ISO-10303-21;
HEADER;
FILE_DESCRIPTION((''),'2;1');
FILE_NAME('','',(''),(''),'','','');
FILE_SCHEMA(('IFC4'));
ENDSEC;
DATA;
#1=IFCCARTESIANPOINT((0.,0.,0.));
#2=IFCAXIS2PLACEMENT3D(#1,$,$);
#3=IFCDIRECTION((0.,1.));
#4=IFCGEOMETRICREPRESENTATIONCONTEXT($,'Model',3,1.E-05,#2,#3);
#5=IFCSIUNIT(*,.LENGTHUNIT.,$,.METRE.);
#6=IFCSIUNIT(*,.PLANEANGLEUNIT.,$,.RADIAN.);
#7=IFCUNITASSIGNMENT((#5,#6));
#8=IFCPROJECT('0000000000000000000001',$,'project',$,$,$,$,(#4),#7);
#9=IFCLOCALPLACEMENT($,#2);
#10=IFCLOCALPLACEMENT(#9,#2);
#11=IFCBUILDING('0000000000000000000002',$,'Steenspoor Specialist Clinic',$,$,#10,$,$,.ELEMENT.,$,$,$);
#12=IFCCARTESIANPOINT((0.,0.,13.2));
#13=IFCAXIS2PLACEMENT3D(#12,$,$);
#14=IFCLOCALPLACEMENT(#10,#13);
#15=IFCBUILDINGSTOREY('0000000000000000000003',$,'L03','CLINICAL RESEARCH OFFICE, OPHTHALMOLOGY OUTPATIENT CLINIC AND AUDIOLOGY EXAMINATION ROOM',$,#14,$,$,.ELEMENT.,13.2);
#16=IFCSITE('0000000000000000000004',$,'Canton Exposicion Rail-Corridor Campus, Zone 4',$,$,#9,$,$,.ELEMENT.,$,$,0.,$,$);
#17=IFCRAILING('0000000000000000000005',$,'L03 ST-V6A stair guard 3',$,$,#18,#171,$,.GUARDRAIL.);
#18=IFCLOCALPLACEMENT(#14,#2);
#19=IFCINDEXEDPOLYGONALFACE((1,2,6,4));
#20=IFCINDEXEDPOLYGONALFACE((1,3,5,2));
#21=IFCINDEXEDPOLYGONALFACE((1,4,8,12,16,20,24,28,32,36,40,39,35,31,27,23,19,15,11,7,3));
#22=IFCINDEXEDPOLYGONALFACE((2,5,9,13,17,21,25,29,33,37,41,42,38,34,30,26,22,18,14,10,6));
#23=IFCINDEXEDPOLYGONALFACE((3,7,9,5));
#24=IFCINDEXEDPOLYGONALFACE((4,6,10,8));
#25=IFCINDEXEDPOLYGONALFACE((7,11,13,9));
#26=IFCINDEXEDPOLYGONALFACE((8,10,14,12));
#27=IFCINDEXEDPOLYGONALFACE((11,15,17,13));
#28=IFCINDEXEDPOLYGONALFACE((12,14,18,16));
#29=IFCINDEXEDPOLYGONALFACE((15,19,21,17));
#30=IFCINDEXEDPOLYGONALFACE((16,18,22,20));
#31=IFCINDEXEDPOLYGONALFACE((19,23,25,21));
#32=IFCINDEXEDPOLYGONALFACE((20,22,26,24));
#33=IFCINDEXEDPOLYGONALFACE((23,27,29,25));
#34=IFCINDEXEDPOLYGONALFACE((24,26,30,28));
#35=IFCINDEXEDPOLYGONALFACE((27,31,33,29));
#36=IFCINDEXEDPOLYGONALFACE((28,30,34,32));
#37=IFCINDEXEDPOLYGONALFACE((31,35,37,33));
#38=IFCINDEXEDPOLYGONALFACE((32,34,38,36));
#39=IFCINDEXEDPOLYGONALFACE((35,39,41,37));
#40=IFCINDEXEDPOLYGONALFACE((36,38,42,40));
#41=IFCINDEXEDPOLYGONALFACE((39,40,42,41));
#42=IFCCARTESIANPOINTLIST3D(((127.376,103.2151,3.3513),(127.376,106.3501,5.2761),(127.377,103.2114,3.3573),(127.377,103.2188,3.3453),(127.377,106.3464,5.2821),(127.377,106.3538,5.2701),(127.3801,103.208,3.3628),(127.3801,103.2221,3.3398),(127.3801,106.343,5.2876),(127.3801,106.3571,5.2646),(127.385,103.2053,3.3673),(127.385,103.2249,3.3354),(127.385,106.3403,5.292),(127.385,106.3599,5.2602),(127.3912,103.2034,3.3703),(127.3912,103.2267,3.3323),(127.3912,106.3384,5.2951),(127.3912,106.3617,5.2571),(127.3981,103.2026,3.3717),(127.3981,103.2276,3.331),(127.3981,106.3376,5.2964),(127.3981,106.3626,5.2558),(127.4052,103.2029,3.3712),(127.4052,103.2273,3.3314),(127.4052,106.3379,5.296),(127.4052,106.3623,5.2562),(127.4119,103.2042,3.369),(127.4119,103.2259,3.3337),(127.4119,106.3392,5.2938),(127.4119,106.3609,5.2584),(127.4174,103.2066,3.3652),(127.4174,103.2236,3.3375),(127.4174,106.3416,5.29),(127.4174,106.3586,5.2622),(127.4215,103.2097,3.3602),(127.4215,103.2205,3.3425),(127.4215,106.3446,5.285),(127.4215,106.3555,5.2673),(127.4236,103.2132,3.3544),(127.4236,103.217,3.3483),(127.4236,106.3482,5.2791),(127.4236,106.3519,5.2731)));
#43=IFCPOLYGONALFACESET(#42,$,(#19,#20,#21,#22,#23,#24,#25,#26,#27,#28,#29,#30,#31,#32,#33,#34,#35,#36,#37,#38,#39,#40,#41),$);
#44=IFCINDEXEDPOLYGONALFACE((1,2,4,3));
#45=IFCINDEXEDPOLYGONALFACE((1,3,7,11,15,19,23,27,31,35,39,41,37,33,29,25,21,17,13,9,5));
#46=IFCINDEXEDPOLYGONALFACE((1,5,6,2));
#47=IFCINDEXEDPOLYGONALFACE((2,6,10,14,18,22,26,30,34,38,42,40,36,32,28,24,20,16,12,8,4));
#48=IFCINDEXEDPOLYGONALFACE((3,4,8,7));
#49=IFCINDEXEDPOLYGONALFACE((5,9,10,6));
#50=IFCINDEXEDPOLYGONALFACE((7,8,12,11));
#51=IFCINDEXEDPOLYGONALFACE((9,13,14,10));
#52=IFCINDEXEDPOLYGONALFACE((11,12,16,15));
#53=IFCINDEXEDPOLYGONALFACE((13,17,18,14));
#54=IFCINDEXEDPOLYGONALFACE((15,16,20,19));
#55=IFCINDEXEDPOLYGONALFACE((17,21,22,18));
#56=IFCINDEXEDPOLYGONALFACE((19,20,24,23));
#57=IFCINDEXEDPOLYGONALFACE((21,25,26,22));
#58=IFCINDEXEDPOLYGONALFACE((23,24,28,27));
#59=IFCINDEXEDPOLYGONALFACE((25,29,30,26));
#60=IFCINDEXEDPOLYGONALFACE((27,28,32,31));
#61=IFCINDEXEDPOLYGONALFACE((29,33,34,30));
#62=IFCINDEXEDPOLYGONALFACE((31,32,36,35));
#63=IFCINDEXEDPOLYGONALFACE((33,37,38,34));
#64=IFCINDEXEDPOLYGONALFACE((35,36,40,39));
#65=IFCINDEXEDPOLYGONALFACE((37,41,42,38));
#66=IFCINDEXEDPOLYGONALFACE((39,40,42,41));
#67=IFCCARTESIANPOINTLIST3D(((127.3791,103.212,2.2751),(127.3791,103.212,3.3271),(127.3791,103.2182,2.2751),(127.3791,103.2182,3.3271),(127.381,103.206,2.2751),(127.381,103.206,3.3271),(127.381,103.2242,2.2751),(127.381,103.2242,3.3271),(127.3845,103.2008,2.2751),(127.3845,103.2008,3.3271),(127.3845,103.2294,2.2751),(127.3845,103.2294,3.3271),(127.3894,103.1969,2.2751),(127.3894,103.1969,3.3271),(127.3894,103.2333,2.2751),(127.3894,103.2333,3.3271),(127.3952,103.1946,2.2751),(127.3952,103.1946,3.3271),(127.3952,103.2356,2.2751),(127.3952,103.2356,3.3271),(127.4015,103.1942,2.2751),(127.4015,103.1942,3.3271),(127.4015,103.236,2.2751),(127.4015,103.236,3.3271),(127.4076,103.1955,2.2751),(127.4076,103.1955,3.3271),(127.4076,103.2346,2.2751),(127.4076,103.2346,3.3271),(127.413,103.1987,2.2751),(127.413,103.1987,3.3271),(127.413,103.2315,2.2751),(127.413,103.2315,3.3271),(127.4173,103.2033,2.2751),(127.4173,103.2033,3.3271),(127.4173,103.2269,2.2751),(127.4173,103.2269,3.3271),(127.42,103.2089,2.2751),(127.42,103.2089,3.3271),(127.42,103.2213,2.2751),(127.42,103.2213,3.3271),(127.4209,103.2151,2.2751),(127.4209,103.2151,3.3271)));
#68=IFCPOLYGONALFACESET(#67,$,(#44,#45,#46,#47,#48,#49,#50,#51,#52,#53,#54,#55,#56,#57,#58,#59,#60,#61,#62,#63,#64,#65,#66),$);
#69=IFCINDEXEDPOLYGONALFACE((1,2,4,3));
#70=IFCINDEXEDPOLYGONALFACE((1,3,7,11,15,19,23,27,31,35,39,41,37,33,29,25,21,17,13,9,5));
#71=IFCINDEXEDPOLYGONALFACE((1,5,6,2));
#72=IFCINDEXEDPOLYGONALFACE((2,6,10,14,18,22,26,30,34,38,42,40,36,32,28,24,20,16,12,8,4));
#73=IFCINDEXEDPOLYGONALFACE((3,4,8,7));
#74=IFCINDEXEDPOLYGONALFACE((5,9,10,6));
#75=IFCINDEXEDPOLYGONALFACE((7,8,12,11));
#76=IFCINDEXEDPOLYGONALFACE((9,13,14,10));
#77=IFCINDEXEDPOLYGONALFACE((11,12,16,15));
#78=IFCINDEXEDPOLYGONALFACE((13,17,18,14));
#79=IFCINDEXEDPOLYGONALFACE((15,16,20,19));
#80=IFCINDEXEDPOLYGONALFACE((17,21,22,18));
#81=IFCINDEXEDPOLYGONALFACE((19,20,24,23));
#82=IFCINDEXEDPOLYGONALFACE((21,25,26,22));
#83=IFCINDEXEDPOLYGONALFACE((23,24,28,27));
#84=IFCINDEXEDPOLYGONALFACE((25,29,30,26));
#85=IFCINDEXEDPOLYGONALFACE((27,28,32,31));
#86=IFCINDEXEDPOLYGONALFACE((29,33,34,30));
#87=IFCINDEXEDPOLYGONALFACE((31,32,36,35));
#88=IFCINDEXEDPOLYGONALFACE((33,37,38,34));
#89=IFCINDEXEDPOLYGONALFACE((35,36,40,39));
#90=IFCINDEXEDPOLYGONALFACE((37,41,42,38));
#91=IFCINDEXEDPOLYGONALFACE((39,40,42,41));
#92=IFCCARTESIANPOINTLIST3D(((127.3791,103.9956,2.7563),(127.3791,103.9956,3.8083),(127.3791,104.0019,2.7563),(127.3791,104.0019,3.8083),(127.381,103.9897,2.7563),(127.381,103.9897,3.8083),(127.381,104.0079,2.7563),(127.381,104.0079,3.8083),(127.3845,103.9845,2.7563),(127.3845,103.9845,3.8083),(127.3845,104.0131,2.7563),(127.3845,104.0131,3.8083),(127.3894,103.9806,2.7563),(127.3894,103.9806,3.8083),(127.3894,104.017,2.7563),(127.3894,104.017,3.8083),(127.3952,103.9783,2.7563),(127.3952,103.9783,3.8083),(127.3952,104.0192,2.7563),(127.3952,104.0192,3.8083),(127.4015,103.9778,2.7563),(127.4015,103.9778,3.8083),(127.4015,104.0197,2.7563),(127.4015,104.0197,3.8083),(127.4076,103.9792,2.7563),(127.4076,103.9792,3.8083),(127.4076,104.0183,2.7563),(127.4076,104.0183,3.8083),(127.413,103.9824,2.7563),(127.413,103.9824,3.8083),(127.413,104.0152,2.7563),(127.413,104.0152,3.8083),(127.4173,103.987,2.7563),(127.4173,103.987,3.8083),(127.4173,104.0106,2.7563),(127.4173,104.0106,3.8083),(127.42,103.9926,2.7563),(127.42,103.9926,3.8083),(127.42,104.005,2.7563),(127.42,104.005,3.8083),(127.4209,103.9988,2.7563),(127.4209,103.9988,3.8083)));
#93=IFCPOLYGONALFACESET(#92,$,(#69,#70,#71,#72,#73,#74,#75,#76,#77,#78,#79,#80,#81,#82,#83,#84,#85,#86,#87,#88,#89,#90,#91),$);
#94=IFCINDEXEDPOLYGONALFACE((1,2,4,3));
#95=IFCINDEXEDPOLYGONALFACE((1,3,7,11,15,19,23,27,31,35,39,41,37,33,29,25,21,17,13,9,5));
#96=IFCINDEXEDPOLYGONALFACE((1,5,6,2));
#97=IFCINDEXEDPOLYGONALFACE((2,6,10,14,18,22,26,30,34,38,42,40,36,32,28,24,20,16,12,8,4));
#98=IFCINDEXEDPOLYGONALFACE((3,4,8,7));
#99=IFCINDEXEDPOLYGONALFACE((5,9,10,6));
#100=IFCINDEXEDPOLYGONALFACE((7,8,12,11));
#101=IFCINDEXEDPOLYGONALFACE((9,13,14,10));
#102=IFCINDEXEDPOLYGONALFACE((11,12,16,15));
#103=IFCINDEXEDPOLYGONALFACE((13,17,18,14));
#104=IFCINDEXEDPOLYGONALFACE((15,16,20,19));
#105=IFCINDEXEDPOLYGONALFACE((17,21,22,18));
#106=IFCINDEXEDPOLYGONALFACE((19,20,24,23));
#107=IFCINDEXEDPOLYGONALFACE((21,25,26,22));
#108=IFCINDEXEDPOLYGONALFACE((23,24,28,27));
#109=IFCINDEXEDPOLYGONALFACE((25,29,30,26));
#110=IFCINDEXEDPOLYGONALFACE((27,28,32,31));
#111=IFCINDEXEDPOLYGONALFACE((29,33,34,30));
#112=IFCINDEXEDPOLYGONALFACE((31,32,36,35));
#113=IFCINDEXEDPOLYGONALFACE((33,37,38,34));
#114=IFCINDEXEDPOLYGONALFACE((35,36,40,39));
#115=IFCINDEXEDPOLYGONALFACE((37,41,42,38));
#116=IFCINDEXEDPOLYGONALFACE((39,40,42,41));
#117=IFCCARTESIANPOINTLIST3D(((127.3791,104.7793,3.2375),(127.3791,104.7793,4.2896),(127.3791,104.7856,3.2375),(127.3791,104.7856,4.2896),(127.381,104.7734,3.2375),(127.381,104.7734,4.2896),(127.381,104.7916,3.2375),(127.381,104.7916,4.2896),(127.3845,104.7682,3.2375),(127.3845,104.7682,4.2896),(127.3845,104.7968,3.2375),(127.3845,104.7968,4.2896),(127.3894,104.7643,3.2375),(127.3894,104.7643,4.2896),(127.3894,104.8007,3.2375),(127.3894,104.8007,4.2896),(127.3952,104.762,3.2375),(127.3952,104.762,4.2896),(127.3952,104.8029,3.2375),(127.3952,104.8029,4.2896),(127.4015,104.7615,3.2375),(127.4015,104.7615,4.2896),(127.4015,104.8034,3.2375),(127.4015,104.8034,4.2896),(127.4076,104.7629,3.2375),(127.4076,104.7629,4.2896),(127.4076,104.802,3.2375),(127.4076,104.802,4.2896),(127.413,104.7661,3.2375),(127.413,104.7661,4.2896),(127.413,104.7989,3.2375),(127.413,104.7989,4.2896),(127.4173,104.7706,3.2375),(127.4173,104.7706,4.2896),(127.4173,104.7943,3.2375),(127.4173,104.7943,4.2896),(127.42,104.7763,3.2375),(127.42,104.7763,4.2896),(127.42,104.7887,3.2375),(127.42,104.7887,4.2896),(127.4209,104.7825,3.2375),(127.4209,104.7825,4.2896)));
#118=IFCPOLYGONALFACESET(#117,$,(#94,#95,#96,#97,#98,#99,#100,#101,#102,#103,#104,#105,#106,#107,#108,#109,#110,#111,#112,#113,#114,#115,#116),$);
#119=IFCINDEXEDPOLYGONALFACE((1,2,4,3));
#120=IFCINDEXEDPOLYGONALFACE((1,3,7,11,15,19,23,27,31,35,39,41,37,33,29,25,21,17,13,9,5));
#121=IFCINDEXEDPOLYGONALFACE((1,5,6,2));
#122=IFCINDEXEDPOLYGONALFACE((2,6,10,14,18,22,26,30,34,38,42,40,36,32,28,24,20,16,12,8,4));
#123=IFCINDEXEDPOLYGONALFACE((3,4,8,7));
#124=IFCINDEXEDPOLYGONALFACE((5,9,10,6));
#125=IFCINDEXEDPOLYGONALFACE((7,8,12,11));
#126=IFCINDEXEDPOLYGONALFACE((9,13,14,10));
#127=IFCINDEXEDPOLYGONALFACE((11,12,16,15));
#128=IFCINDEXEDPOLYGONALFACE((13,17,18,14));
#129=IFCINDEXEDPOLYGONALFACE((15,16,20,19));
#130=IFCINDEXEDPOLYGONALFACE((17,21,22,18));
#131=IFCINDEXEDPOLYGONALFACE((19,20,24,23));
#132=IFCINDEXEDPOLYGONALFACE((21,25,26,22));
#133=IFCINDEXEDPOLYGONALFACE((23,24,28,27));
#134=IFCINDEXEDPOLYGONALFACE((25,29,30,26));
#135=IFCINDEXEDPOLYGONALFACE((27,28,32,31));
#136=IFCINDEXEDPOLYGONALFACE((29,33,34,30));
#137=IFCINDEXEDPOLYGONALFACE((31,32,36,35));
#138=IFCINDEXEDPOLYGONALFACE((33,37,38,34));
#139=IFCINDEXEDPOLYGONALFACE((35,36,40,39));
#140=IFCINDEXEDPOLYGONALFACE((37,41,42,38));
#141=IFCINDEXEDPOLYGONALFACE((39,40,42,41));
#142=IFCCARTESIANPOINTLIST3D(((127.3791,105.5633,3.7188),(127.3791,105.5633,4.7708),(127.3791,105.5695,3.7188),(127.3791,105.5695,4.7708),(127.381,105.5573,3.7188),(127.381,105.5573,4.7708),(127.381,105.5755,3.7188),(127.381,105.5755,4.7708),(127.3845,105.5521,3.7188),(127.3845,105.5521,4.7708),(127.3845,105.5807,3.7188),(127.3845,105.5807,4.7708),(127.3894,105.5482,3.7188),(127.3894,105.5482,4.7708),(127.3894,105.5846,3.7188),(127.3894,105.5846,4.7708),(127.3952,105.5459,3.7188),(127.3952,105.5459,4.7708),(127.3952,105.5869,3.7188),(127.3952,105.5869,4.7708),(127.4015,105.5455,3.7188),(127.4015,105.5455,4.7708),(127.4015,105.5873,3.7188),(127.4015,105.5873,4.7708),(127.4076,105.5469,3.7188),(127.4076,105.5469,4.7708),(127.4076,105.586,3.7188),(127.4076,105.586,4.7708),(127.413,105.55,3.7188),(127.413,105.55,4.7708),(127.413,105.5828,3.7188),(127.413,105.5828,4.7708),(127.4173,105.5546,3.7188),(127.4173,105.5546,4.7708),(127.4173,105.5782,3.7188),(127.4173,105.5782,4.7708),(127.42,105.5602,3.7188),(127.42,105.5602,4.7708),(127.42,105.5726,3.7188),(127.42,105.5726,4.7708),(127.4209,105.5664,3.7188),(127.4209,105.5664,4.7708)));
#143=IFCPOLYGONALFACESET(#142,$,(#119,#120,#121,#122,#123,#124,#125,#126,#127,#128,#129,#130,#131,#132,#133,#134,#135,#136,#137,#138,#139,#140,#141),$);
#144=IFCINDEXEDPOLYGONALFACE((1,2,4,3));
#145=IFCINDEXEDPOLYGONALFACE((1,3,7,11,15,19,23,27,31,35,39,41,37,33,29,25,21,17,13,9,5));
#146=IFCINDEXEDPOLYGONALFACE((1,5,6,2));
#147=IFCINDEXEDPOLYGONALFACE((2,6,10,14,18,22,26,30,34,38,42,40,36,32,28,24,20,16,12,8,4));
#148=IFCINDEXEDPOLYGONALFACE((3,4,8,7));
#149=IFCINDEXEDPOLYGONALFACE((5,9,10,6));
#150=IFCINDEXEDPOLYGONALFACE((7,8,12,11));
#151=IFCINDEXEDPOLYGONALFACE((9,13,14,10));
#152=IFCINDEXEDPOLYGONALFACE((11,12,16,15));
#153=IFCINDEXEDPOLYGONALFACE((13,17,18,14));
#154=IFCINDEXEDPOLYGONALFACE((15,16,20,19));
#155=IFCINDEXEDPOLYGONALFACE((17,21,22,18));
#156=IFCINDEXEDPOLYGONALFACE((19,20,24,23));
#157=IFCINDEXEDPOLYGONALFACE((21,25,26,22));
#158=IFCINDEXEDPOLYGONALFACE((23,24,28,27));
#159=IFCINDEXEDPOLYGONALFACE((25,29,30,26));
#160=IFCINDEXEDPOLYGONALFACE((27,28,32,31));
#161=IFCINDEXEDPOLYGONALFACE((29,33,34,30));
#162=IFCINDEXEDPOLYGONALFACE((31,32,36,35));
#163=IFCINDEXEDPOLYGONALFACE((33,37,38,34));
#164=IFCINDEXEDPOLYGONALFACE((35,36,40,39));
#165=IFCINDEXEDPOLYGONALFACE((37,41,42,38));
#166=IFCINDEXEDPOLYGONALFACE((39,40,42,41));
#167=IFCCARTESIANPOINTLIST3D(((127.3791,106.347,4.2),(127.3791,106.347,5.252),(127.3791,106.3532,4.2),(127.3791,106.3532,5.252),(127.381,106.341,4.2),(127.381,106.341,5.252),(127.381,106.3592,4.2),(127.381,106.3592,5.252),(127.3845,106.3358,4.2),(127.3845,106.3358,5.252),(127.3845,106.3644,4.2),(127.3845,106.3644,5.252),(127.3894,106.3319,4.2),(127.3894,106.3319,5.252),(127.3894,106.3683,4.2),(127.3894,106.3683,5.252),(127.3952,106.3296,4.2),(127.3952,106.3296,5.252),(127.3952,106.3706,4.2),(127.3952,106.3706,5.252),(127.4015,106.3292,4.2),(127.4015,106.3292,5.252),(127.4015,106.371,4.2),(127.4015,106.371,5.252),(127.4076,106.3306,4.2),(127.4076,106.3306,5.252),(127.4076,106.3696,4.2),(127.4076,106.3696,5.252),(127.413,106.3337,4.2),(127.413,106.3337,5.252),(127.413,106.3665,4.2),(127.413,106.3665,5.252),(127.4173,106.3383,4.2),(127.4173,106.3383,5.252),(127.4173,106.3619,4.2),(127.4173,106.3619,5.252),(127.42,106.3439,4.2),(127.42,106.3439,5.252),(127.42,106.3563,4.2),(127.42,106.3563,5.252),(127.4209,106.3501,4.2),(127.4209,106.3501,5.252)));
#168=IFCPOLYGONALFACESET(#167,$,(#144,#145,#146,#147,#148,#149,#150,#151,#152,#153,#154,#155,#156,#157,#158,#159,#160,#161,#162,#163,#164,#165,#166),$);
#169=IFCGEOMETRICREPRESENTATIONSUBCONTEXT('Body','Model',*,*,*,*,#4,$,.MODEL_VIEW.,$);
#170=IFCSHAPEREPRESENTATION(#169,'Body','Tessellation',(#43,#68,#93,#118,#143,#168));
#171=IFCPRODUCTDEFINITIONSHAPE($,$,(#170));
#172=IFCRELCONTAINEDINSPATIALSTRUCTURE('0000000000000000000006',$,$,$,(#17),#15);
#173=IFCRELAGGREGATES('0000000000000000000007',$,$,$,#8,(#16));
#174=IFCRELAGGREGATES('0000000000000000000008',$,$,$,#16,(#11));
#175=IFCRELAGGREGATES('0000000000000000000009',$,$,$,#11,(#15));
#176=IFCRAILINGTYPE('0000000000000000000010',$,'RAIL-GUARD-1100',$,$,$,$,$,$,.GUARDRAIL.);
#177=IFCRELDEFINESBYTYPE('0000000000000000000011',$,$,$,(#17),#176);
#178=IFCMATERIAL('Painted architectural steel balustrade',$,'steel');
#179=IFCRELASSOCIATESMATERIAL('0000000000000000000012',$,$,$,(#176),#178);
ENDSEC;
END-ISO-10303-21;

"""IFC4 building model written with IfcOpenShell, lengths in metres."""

from ifc_helpers import new_model, si_unit, direction, frame, origin, origin_2d, place, context, subcontext, project, spatial, circle, extrude, material, type_object, element, save


model = new_model("IFC4")

# Units and contexts
model_context = context("Model", 3, precision=1e-05, world=origin(), true_north=direction((0.0, 1.0)))
body_context = subcontext(model_context, "Body", "Model", "MODEL_VIEW")
ifc_project = project(units=[si_unit("LENGTHUNIT", "METRE"), si_unit("PLANEANGLEUNIT", "RADIAN")], contexts=[model_context])

# Site, building, storey
site_placement = place(None, origin())
site = spatial("IfcSite", under=ifc_project, at=site_placement, Name="Canton Exposicion Rail-Corridor Campus, Zone 4", CompositionType="ELEMENT", RefElevation=0.0)
building_placement = place(site_placement, origin())
building = spatial("IfcBuilding", under=site, at=building_placement, Name="Steenspoor Specialist Clinic", CompositionType="ELEMENT")
storey_placement = place(building_placement, frame((0.0, 0.0, 13.2)))
storey = spatial("IfcBuildingStorey", under=building, at=storey_placement, Name="L03", Description="CLINICAL RESEARCH OFFICE, OPHTHALMOLOGY OUTPATIENT CLINIC AND AUDIOLOGY EXAMINATION ROOM", CompositionType="ELEMENT", Elevation=13.2)

# Railing
ifc_material_1 = material(Name="Painted architectural steel balustrade", Category="steel")
railing_type_1 = type_object("IfcRailingType", Name="RAIL-GUARD-1100", PredefinedType="GUARDRAIL", material=ifc_material_1)
railing_1_placement = place(storey_placement, frame((127.3999, 103.2151, 2.2751)))
element("IfcRailing", 1, at=railing_1_placement, inside=storey, type_object=railing_type_1, Name="L03 ST-V6A stair guard 3", PredefinedType="GUARDRAIL", context=body_context, shape_type="SweptSolid", body=[
    extrude(circle(Radius=0.0239, at=origin_2d()), frame((0.0, 0.0, 1.0762), z_axis=(0.0, 0.852196, 0.523223), x_axis=(-1.0, 0.0, 0.0)), (0.0, 0.0, 1.0), 3.6787),
    extrude(circle(Radius=0.021, at=origin_2d()), origin(), (0.0, 0.0, 1.0), 1.052),
    extrude(circle(Radius=0.021, at=origin_2d()), frame((0.0, 0.7837, 0.4812)), (0.0, 0.0, 1.0), 1.052),
    extrude(circle(Radius=0.021, at=origin_2d()), frame((0.0, 1.5674, 0.9624)), (0.0, 0.0, 1.0), 1.052),
    extrude(circle(Radius=0.021, at=origin_2d()), frame((0.0, 2.3513, 1.4436)), (0.0, 0.0, 1.0), 1.052),
    extrude(circle(Radius=0.021, at=origin_2d()), frame((0.0, 3.135, 1.9248)), (0.0, 0.0, 1.0), 1.052),
])

save(model, "model.ifc")
